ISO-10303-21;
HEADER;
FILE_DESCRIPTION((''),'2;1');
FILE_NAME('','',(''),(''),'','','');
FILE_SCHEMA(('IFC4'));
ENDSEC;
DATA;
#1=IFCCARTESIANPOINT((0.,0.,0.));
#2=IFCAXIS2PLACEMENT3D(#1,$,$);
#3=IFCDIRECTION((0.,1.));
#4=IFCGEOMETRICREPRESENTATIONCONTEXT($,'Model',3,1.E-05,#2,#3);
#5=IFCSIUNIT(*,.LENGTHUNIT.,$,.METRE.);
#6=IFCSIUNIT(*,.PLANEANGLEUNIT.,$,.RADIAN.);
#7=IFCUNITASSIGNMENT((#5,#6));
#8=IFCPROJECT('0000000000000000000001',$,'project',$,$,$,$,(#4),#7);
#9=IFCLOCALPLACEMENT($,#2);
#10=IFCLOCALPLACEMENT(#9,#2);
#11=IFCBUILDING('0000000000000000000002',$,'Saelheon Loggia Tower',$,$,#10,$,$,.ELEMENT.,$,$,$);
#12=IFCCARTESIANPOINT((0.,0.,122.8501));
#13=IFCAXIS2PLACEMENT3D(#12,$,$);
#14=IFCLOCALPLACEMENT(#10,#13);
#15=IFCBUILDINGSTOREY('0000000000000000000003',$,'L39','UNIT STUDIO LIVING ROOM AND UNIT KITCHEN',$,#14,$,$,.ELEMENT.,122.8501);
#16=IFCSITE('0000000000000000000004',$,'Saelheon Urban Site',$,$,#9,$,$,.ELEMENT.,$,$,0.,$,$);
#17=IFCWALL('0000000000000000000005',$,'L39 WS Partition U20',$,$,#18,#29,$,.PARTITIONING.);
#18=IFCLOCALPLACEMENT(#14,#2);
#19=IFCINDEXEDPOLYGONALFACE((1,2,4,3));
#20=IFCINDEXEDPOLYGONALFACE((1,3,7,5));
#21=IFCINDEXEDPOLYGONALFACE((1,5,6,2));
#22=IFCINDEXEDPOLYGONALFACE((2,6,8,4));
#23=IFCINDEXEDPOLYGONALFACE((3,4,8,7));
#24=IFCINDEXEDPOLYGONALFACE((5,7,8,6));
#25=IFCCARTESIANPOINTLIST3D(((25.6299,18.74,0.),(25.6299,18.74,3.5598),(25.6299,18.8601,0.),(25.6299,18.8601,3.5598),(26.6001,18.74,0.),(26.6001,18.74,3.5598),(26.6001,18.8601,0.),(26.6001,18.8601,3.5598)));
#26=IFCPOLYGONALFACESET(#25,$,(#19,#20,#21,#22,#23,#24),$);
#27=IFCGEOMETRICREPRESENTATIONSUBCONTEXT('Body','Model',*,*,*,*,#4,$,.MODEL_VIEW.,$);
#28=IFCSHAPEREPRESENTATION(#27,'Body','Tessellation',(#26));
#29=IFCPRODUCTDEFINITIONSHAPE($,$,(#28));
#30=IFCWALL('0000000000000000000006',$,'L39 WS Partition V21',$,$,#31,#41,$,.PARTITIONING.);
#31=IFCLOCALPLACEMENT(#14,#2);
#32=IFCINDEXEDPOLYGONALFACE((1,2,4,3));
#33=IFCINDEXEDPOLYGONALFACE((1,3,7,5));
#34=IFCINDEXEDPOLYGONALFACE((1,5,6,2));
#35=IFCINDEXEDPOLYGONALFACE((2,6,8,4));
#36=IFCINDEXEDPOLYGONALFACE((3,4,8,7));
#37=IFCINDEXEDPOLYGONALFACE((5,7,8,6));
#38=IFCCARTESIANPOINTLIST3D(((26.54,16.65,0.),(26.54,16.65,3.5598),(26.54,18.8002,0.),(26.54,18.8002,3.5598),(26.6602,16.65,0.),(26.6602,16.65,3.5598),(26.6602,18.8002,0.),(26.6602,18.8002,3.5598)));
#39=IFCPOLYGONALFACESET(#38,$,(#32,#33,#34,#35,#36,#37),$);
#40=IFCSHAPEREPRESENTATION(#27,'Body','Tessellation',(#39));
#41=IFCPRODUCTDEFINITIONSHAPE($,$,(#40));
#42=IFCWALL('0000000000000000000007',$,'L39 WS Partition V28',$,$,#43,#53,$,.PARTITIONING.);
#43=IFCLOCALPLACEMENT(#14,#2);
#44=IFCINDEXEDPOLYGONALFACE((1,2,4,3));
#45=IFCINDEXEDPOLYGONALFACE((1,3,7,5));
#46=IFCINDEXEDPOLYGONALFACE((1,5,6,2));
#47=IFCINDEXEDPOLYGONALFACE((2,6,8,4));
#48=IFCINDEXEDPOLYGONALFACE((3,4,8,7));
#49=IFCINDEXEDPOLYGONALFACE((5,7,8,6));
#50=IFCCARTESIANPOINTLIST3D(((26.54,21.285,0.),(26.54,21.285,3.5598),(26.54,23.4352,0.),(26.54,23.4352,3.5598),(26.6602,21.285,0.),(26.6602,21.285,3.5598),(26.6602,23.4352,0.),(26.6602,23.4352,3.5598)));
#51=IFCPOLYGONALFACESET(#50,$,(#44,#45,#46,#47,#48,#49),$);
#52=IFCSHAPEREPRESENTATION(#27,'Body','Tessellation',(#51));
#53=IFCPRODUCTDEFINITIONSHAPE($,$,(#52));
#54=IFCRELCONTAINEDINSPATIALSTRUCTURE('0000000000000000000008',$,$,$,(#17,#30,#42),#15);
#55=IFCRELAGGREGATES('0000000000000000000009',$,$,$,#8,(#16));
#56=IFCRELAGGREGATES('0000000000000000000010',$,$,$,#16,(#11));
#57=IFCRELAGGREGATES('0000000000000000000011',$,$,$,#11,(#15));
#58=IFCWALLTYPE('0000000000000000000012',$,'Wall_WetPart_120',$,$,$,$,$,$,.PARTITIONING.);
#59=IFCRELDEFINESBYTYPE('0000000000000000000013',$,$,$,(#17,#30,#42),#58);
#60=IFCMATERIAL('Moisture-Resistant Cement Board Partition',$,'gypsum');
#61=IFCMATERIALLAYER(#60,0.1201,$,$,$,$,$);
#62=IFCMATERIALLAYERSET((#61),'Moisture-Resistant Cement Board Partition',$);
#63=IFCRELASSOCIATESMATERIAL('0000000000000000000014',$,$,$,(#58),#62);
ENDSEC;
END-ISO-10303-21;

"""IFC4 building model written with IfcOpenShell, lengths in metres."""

from ifc_helpers import new_model, si_unit, direction, frame, frame_2d, origin, place, context, subcontext, project, spatial, rectangle, extrude, material, layer, layer_set, type_object, element, save


model = new_model("IFC4")

# Units and contexts
model_context = context("Model", 3, precision=1e-05, world=origin(), true_north=direction((0.0, 1.0)))
body_context = subcontext(model_context, "Body", "Model", "MODEL_VIEW")
ifc_project = project(units=[si_unit("LENGTHUNIT", "METRE"), si_unit("PLANEANGLEUNIT", "RADIAN")], contexts=[model_context])

# Site, building, storey
site_placement = place(None, origin())
site = spatial("IfcSite", under=ifc_project, at=site_placement, Name="Saelheon Urban Site", CompositionType="ELEMENT", RefElevation=0.0)
building_placement = place(site_placement, origin())
building = spatial("IfcBuilding", under=site, at=building_placement, Name="Saelheon Loggia Tower", CompositionType="ELEMENT")
storey_placement = place(building_placement, frame((0.0, 0.0, 122.8501)))
storey = spatial("IfcBuildingStorey", under=building, at=storey_placement, Name="L39", Description="UNIT STUDIO LIVING ROOM AND UNIT KITCHEN", CompositionType="ELEMENT", Elevation=122.8501)

# Walls
ifc_material_1 = material(Name="Moisture-Resistant Cement Board Partition", Category="gypsum")
ifc_layer_1 = layer(ifc_material_1, 0.1201)
ifc_layer_set_1 = layer_set([ifc_layer_1], Name="Moisture-Resistant Cement Board Partition")
wall_type_1 = type_object("IfcWallType", Name="Wall_WetPart_120", PredefinedType="PARTITIONING", material=ifc_layer_set_1)
wall_1_placement = place(storey_placement, frame((26.6001, 18.8, 0.0), z_axis=(0.0, 0.0, 1.0), x_axis=(-1.0, 0.0, 0.0)))
element("IfcWall", 1, at=wall_1_placement, inside=storey, type_object=wall_type_1, Name="L39 WS Partition U20", PredefinedType="PARTITIONING", context=body_context, shape_type="SweptSolid", body=[
    extrude(rectangle(XDim=0.9702, YDim=0.1201, at=frame_2d((0.4851, 0.0))), origin(), (0.0, 0.0, 1.0), 3.5598),
])
for number, where, z_axis, x_axis, name in (
    (2, (26.6001, 16.6499, 0.0), (0.0, 0.0, 1.0), (0.0, 1.0, 0.0), "L39 WS Partition V21"),
    (3, (26.6001, 21.2849, 0.0), (0.0, 0.0, 1.0), (0.0, 1.0, 0.0), "L39 WS Partition V28"),
):
    element("IfcWall", number, at=place(storey_placement, frame(where, z_axis=z_axis, x_axis=x_axis)), inside=storey, type_object=wall_type_1, Name=name, PredefinedType="PARTITIONING", context=body_context, shape_type="SweptSolid", body=[
        extrude(rectangle(XDim=2.1501, YDim=0.1201, at=frame_2d((1.0752, 0.0))), origin(), (0.0, 0.0, 1.0), 3.5598),
    ])

save(model, "model.ifc")
